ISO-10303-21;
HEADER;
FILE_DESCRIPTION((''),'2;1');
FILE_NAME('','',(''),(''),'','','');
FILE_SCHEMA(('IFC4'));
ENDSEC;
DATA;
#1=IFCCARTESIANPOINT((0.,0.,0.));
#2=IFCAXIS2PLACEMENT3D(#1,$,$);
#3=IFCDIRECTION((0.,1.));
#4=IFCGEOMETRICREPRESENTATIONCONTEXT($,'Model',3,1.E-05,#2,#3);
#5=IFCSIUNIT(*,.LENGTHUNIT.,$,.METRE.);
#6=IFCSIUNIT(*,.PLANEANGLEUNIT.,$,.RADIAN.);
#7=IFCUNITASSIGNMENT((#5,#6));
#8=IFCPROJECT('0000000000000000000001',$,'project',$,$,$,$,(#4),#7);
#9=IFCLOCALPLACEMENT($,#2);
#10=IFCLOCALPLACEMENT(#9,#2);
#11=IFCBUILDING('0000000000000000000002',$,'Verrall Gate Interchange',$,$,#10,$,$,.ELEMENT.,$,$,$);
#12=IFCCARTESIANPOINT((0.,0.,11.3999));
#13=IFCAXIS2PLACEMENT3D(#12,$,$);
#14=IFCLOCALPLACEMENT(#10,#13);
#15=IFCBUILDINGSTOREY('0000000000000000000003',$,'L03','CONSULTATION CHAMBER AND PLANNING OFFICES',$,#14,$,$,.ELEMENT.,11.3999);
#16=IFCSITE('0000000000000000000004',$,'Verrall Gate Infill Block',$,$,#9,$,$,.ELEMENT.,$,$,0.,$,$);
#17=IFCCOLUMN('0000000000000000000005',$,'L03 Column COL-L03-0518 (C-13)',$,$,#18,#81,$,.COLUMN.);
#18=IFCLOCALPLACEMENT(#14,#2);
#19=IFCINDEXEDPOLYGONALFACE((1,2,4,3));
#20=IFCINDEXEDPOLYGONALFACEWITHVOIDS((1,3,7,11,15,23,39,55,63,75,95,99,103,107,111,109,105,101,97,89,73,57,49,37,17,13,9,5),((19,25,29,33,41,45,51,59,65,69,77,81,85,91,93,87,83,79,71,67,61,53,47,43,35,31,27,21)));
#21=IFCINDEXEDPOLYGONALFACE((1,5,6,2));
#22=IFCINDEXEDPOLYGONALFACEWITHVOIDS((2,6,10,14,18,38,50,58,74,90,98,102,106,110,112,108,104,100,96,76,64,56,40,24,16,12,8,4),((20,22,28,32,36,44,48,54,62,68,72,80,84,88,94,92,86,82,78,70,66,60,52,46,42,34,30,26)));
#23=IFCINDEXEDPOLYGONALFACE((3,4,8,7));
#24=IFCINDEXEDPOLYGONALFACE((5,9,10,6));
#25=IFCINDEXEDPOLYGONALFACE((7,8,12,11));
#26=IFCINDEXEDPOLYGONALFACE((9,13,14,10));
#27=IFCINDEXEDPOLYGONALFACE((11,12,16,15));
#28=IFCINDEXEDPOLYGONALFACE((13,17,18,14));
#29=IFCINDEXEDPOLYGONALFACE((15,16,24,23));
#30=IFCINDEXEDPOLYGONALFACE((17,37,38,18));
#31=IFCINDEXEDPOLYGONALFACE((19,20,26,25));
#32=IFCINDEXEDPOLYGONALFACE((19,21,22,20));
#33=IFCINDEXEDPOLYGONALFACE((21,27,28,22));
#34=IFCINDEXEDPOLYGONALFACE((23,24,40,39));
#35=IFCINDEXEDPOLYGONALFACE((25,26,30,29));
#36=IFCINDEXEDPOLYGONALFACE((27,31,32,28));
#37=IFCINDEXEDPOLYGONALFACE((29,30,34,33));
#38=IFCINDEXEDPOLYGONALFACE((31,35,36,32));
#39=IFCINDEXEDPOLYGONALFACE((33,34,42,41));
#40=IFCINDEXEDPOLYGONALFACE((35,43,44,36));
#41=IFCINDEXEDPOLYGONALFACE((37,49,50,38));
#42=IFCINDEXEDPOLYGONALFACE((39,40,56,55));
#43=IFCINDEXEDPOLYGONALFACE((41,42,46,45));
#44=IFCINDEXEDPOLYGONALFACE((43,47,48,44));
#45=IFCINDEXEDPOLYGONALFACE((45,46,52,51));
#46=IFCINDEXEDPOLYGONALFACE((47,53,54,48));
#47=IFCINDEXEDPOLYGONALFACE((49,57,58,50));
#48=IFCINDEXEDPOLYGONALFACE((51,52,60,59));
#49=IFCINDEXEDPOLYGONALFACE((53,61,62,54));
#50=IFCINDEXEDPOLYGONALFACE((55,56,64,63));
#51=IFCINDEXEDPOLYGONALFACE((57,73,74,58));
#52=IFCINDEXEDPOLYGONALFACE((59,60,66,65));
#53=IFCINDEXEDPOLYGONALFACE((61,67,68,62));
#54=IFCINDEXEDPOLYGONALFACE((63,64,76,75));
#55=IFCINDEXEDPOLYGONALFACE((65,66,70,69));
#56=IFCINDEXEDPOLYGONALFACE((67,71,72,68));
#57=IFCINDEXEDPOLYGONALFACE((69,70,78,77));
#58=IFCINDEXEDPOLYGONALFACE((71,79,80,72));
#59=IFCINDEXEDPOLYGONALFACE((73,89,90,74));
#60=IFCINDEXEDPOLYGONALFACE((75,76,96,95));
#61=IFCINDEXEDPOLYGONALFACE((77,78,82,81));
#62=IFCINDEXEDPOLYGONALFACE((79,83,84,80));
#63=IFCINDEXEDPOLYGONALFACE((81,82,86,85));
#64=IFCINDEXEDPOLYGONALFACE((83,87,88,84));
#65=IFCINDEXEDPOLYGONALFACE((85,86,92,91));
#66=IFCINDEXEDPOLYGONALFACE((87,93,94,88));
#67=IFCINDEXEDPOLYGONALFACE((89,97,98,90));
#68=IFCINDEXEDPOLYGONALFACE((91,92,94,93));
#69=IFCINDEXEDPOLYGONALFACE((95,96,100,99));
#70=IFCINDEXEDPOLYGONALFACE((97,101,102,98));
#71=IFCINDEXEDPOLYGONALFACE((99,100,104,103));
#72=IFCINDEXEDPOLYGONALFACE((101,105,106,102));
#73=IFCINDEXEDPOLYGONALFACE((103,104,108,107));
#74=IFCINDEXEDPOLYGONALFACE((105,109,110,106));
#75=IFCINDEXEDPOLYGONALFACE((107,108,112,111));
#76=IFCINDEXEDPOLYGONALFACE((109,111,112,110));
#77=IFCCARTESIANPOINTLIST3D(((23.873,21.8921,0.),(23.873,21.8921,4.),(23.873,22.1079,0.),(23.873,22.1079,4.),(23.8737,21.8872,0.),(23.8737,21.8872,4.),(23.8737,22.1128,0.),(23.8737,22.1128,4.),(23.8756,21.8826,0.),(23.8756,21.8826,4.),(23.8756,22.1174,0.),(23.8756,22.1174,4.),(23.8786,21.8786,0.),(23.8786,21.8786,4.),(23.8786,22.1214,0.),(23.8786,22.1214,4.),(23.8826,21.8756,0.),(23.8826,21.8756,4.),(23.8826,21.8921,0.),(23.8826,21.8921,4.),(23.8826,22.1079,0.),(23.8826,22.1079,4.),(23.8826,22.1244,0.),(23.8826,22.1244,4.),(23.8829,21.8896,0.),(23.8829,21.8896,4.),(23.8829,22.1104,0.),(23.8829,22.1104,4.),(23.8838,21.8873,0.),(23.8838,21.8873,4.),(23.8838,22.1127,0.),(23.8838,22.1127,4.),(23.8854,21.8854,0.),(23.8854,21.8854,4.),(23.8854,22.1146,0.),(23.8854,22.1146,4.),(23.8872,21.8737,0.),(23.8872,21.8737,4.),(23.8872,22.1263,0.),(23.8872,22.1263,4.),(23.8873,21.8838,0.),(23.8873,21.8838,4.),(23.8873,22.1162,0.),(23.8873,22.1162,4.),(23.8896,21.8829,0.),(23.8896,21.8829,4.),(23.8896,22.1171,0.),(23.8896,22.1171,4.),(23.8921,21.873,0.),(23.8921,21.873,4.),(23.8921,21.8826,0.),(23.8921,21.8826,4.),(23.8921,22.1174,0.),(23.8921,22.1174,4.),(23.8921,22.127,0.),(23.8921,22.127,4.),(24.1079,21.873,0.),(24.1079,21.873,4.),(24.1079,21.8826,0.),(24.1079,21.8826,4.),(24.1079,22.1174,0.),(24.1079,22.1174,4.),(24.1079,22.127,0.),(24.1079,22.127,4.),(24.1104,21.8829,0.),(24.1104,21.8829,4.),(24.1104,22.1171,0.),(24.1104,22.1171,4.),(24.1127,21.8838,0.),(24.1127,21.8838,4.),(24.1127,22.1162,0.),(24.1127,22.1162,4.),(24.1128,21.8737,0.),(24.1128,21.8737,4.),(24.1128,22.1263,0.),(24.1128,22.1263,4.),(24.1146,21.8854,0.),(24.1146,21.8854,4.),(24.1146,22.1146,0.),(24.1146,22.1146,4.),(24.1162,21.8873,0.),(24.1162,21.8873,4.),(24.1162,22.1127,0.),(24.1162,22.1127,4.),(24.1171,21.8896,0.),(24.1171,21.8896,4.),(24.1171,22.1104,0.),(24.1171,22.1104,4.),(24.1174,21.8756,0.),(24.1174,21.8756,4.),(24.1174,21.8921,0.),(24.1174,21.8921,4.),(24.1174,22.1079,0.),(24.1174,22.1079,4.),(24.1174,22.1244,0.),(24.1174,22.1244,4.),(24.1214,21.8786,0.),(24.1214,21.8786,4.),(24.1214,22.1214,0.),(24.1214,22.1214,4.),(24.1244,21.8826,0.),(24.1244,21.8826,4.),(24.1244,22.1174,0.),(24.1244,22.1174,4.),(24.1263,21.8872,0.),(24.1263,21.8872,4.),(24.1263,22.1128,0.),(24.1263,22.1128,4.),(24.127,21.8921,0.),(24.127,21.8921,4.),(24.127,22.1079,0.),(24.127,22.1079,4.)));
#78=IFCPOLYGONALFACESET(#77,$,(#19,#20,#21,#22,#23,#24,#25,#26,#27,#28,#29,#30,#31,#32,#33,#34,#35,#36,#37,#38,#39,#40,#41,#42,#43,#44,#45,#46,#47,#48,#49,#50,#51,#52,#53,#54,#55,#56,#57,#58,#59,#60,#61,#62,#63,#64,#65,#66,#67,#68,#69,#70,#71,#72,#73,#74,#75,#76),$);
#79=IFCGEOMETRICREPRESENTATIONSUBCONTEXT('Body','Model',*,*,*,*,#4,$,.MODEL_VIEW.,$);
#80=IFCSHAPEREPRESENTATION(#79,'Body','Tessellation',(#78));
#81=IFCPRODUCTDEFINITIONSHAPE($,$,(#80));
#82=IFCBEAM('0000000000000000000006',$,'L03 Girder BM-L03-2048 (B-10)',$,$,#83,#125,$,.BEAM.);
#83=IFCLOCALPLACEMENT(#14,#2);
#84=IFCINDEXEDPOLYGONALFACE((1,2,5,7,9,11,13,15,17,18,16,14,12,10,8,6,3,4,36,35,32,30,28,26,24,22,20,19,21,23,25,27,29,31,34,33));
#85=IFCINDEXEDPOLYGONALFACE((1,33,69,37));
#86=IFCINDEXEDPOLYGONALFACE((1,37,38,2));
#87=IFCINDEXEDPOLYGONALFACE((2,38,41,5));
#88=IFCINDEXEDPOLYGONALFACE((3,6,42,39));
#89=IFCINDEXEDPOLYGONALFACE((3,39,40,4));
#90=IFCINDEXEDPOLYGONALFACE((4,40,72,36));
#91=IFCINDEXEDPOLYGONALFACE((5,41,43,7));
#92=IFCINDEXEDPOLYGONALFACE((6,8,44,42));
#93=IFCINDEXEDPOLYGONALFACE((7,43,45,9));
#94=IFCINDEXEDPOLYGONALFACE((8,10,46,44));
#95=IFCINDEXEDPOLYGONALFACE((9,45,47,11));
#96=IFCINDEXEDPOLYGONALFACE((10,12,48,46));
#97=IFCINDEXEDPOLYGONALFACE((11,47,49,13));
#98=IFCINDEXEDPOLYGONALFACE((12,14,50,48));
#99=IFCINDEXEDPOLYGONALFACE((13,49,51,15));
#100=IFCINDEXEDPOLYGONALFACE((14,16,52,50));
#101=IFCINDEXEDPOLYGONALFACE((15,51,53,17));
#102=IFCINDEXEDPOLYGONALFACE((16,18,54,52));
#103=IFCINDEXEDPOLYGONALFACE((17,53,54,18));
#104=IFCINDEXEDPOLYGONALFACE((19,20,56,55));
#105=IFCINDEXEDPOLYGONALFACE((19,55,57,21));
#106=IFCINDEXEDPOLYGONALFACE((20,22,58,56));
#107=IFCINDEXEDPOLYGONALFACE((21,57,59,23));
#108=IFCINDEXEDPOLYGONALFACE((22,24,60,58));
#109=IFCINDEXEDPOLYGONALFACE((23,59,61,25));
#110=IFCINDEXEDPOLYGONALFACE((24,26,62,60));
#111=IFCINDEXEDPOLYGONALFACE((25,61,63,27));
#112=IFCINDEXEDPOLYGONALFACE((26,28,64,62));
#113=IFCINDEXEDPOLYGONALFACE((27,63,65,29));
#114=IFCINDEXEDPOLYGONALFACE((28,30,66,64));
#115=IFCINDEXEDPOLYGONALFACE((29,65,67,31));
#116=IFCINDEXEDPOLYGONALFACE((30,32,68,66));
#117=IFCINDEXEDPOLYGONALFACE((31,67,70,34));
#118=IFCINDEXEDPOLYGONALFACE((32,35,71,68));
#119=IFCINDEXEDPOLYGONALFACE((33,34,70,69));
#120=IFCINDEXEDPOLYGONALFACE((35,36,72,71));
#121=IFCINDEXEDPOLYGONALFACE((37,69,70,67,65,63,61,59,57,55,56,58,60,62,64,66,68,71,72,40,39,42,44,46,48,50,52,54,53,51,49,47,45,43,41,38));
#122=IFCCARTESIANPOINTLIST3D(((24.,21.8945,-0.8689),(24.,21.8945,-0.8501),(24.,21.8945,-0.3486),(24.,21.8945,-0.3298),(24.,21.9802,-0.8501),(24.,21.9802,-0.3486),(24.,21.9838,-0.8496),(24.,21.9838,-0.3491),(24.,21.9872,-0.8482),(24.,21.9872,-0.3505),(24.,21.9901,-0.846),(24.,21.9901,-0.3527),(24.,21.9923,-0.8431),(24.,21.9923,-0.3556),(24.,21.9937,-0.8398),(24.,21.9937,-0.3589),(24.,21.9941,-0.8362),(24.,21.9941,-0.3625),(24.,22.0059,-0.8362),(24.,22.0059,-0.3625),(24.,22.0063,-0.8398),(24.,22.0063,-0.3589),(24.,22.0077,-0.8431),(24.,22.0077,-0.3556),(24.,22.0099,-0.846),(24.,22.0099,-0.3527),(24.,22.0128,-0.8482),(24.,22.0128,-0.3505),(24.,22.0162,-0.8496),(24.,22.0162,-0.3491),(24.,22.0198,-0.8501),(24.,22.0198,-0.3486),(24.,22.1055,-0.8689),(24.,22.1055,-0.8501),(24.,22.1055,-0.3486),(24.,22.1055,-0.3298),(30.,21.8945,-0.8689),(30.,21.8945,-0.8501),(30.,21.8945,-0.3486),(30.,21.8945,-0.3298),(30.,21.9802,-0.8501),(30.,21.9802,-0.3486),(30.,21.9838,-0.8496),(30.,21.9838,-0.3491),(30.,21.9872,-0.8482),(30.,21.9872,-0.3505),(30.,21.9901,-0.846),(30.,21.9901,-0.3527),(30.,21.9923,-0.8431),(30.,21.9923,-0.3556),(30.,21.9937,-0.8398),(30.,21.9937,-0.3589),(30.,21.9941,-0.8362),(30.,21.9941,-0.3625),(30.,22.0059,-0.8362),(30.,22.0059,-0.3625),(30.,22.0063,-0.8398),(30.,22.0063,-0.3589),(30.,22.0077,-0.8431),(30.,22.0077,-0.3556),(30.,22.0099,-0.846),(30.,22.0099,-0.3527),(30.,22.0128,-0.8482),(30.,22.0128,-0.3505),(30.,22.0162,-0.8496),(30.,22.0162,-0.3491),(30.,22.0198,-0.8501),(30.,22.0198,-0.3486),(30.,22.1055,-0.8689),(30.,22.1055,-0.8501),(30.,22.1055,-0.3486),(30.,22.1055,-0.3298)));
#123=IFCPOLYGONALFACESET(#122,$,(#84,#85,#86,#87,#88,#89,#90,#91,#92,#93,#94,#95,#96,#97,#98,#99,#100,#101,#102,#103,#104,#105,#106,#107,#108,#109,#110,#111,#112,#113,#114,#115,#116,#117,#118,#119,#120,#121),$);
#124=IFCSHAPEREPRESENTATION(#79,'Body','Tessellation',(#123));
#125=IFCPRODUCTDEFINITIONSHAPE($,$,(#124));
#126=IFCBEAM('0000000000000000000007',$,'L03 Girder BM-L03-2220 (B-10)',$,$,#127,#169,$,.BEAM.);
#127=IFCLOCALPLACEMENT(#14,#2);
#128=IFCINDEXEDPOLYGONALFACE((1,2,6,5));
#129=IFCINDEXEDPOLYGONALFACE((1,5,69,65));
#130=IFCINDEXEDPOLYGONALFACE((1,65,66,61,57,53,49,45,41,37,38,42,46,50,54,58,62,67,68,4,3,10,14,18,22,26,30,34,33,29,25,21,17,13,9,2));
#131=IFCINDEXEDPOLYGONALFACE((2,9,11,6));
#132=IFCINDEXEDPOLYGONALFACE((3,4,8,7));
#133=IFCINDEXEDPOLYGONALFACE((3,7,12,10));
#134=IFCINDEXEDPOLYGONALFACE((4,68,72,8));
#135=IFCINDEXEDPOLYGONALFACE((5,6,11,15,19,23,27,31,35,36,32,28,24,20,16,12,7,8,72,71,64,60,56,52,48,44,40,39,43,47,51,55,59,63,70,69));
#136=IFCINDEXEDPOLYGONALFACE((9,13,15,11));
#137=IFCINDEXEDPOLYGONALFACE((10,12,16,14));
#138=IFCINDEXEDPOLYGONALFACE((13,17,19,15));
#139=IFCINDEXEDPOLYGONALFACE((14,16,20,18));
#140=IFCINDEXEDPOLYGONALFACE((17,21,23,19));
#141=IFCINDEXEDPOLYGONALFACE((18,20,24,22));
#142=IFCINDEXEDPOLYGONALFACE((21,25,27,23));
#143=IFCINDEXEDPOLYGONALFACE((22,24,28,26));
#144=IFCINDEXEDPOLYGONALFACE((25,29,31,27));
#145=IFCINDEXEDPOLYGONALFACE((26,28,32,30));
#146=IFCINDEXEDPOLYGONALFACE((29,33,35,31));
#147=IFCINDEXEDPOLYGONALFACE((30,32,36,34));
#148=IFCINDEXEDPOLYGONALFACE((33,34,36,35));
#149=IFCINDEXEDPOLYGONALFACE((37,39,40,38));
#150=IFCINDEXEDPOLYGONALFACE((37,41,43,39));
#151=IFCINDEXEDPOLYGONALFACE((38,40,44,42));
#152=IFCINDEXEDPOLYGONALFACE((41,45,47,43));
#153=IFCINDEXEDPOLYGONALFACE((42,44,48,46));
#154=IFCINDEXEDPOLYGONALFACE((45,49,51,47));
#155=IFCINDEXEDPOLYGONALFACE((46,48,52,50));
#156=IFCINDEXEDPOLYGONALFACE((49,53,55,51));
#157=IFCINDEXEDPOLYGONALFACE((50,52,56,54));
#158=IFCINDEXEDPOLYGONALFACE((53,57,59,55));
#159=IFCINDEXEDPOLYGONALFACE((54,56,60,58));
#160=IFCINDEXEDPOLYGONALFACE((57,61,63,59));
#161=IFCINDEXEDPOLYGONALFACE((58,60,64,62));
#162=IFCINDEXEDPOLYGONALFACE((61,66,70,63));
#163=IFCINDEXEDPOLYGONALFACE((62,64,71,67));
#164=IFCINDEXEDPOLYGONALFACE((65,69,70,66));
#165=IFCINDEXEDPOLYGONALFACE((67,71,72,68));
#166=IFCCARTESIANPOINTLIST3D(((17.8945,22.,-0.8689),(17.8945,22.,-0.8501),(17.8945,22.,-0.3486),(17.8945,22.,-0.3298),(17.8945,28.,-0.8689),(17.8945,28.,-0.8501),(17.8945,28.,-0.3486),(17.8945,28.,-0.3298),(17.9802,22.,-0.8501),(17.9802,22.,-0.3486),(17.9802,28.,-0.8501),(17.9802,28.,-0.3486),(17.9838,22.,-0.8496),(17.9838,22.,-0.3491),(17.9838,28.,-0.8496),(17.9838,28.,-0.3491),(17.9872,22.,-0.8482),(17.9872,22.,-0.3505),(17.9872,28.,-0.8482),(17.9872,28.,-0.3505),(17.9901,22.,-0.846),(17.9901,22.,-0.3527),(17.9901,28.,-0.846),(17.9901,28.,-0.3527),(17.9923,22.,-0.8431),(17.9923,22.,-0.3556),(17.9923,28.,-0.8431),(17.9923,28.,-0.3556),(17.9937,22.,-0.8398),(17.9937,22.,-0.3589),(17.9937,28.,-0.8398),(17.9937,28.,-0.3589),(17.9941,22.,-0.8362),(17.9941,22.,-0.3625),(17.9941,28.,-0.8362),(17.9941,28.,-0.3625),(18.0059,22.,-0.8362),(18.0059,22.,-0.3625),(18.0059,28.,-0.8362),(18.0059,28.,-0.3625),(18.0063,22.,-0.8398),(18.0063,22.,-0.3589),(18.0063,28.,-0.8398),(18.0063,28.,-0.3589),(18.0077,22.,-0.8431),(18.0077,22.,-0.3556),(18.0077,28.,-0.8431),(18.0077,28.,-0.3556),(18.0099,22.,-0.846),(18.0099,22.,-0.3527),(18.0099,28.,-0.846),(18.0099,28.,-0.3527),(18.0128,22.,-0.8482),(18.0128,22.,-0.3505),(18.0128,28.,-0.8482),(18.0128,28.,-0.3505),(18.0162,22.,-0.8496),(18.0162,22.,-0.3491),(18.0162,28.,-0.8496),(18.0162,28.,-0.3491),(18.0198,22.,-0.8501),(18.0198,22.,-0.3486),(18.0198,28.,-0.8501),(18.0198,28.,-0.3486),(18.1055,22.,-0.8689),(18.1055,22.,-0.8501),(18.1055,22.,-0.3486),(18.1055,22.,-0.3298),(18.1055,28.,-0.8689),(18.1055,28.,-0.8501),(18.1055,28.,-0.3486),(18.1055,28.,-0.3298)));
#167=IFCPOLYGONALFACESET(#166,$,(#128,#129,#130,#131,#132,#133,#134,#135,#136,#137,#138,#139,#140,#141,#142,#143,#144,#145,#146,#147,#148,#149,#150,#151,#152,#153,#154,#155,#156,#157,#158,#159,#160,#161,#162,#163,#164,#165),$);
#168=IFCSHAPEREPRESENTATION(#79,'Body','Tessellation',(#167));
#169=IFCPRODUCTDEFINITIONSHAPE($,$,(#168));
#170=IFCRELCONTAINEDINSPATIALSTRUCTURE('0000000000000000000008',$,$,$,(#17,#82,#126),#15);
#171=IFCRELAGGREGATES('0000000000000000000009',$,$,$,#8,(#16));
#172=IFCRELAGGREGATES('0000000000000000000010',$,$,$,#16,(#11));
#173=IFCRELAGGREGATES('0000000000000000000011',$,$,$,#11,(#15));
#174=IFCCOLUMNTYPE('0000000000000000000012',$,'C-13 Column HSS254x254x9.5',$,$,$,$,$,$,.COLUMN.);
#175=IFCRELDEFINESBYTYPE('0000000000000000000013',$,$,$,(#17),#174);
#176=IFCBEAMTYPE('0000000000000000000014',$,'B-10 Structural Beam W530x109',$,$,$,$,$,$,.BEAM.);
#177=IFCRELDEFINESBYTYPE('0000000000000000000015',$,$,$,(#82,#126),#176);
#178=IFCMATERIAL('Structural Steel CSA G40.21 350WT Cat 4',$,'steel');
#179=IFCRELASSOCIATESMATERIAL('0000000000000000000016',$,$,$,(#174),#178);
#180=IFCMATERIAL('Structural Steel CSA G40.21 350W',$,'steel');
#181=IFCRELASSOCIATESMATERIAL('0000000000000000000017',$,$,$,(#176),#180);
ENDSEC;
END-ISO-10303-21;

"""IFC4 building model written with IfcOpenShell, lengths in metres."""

from ifc_helpers import new_model, si_unit, direction, frame, origin, origin_2d, place, context, subcontext, project, spatial, hollow_rectangle, i_section, extrude, material, material_profile, profile_set, type_object, element, save


model = new_model("IFC4")

# Units and contexts
model_context = context("Model", 3, precision=1e-05, world=origin(), true_north=direction((0.0, 1.0)))
body_context = subcontext(model_context, "Body", "Model", "MODEL_VIEW")
ifc_project = project(units=[si_unit("LENGTHUNIT", "METRE"), si_unit("PLANEANGLEUNIT", "RADIAN")], contexts=[model_context])

# Site, building, storey
site_placement = place(None, origin())
site = spatial("IfcSite", under=ifc_project, at=site_placement, Name="Verrall Gate Infill Block", CompositionType="ELEMENT", RefElevation=0.0)
building_placement = place(site_placement, origin())
building = spatial("IfcBuilding", under=site, at=building_placement, Name="Verrall Gate Interchange", CompositionType="ELEMENT")
storey_placement = place(building_placement, frame((0.0, 0.0, 11.3999)))
storey = spatial("IfcBuildingStorey", under=building, at=storey_placement, Name="L03", Description="CONSULTATION CHAMBER AND PLANNING OFFICES", CompositionType="ELEMENT", Elevation=11.3999)

# Column
ifc_material_1 = material(Name="Structural Steel CSA G40.21 350WT Cat 4", Category="steel")
ifc_material_profile_1 = material_profile(ifc_material_1, hollow_rectangle(XDim=0.2539, YDim=0.2539, WallThickness=0.0095, InnerFilletRadius=0.0095, OuterFilletRadius=0.019, at=origin_2d()), Name="HSS254x254x9.5")
ifc_profile_set_1 = profile_set([ifc_material_profile_1], Name="Structural Steel CSA G40.21 350WT Cat 4")
column_type = type_object("IfcColumnType", Name="C-13 Column HSS254x254x9.5", PredefinedType="COLUMN", material=ifc_profile_set_1)
for number, where, z_axis, x_axis, name in (
    (1, (24.0, 22.0, 0.0), (0.0, 0.0, 1.0), (1.0, 0.0, 0.0), "L03 Column COL-L03-0518 (C-13)"),
):
    element("IfcColumn", number, at=place(storey_placement, frame(where, z_axis=z_axis, x_axis=x_axis)), inside=storey, type_object=column_type, Name=name, PredefinedType="COLUMN", context=body_context, shape_type="SweptSolid", body=[
        extrude(hollow_rectangle(XDim=0.2539, YDim=0.2539, WallThickness=0.0095, InnerFilletRadius=0.0095, OuterFilletRadius=0.019, at=origin_2d()), origin(), (0.0, 0.0, 1.0), 4.0),
    ])

# Beams
ifc_material_2 = material(Name="Structural Steel CSA G40.21 350W", Category="steel")
ifc_material_profile_2 = material_profile(ifc_material_2, i_section(OverallWidth=0.2109, OverallDepth=0.5391, WebThickness=0.0117, FlangeThickness=0.0188, FilletRadius=0.0139, at=origin_2d()), Name="W530x109")
ifc_profile_set_2 = profile_set([ifc_material_profile_2], Name="Structural Steel CSA G40.21 350W")
beam_type_1 = type_object("IfcBeamType", Name="B-10 Structural Beam W530x109", PredefinedType="BEAM", material=ifc_profile_set_2)
for number, where, z_axis, x_axis, name in (
    (2, (24.0, 22.0, -0.5994), (1.0, 0.0, 0.0), (0.0, 1.0, 0.0), "L03 Girder BM-L03-2048 (B-10)"),
    (3, (18.0, 22.0, -0.5994), (0.0, 1.0, 0.0), (-1.0, 0.0, 0.0), "L03 Girder BM-L03-2220 (B-10)"),
):
    element("IfcBeam", number, at=place(storey_placement, frame(where, z_axis=z_axis, x_axis=x_axis)), inside=storey, type_object=beam_type_1, Name=name, PredefinedType="BEAM", context=body_context, shape_type="SweptSolid", body=[
        extrude(i_section(OverallWidth=0.2109, OverallDepth=0.5391, WebThickness=0.0117, FlangeThickness=0.0188, FilletRadius=0.0139, at=origin_2d()), origin(), (0.0, 0.0, 1.0), 6.0),
    ])

save(model, "model.ifc")
